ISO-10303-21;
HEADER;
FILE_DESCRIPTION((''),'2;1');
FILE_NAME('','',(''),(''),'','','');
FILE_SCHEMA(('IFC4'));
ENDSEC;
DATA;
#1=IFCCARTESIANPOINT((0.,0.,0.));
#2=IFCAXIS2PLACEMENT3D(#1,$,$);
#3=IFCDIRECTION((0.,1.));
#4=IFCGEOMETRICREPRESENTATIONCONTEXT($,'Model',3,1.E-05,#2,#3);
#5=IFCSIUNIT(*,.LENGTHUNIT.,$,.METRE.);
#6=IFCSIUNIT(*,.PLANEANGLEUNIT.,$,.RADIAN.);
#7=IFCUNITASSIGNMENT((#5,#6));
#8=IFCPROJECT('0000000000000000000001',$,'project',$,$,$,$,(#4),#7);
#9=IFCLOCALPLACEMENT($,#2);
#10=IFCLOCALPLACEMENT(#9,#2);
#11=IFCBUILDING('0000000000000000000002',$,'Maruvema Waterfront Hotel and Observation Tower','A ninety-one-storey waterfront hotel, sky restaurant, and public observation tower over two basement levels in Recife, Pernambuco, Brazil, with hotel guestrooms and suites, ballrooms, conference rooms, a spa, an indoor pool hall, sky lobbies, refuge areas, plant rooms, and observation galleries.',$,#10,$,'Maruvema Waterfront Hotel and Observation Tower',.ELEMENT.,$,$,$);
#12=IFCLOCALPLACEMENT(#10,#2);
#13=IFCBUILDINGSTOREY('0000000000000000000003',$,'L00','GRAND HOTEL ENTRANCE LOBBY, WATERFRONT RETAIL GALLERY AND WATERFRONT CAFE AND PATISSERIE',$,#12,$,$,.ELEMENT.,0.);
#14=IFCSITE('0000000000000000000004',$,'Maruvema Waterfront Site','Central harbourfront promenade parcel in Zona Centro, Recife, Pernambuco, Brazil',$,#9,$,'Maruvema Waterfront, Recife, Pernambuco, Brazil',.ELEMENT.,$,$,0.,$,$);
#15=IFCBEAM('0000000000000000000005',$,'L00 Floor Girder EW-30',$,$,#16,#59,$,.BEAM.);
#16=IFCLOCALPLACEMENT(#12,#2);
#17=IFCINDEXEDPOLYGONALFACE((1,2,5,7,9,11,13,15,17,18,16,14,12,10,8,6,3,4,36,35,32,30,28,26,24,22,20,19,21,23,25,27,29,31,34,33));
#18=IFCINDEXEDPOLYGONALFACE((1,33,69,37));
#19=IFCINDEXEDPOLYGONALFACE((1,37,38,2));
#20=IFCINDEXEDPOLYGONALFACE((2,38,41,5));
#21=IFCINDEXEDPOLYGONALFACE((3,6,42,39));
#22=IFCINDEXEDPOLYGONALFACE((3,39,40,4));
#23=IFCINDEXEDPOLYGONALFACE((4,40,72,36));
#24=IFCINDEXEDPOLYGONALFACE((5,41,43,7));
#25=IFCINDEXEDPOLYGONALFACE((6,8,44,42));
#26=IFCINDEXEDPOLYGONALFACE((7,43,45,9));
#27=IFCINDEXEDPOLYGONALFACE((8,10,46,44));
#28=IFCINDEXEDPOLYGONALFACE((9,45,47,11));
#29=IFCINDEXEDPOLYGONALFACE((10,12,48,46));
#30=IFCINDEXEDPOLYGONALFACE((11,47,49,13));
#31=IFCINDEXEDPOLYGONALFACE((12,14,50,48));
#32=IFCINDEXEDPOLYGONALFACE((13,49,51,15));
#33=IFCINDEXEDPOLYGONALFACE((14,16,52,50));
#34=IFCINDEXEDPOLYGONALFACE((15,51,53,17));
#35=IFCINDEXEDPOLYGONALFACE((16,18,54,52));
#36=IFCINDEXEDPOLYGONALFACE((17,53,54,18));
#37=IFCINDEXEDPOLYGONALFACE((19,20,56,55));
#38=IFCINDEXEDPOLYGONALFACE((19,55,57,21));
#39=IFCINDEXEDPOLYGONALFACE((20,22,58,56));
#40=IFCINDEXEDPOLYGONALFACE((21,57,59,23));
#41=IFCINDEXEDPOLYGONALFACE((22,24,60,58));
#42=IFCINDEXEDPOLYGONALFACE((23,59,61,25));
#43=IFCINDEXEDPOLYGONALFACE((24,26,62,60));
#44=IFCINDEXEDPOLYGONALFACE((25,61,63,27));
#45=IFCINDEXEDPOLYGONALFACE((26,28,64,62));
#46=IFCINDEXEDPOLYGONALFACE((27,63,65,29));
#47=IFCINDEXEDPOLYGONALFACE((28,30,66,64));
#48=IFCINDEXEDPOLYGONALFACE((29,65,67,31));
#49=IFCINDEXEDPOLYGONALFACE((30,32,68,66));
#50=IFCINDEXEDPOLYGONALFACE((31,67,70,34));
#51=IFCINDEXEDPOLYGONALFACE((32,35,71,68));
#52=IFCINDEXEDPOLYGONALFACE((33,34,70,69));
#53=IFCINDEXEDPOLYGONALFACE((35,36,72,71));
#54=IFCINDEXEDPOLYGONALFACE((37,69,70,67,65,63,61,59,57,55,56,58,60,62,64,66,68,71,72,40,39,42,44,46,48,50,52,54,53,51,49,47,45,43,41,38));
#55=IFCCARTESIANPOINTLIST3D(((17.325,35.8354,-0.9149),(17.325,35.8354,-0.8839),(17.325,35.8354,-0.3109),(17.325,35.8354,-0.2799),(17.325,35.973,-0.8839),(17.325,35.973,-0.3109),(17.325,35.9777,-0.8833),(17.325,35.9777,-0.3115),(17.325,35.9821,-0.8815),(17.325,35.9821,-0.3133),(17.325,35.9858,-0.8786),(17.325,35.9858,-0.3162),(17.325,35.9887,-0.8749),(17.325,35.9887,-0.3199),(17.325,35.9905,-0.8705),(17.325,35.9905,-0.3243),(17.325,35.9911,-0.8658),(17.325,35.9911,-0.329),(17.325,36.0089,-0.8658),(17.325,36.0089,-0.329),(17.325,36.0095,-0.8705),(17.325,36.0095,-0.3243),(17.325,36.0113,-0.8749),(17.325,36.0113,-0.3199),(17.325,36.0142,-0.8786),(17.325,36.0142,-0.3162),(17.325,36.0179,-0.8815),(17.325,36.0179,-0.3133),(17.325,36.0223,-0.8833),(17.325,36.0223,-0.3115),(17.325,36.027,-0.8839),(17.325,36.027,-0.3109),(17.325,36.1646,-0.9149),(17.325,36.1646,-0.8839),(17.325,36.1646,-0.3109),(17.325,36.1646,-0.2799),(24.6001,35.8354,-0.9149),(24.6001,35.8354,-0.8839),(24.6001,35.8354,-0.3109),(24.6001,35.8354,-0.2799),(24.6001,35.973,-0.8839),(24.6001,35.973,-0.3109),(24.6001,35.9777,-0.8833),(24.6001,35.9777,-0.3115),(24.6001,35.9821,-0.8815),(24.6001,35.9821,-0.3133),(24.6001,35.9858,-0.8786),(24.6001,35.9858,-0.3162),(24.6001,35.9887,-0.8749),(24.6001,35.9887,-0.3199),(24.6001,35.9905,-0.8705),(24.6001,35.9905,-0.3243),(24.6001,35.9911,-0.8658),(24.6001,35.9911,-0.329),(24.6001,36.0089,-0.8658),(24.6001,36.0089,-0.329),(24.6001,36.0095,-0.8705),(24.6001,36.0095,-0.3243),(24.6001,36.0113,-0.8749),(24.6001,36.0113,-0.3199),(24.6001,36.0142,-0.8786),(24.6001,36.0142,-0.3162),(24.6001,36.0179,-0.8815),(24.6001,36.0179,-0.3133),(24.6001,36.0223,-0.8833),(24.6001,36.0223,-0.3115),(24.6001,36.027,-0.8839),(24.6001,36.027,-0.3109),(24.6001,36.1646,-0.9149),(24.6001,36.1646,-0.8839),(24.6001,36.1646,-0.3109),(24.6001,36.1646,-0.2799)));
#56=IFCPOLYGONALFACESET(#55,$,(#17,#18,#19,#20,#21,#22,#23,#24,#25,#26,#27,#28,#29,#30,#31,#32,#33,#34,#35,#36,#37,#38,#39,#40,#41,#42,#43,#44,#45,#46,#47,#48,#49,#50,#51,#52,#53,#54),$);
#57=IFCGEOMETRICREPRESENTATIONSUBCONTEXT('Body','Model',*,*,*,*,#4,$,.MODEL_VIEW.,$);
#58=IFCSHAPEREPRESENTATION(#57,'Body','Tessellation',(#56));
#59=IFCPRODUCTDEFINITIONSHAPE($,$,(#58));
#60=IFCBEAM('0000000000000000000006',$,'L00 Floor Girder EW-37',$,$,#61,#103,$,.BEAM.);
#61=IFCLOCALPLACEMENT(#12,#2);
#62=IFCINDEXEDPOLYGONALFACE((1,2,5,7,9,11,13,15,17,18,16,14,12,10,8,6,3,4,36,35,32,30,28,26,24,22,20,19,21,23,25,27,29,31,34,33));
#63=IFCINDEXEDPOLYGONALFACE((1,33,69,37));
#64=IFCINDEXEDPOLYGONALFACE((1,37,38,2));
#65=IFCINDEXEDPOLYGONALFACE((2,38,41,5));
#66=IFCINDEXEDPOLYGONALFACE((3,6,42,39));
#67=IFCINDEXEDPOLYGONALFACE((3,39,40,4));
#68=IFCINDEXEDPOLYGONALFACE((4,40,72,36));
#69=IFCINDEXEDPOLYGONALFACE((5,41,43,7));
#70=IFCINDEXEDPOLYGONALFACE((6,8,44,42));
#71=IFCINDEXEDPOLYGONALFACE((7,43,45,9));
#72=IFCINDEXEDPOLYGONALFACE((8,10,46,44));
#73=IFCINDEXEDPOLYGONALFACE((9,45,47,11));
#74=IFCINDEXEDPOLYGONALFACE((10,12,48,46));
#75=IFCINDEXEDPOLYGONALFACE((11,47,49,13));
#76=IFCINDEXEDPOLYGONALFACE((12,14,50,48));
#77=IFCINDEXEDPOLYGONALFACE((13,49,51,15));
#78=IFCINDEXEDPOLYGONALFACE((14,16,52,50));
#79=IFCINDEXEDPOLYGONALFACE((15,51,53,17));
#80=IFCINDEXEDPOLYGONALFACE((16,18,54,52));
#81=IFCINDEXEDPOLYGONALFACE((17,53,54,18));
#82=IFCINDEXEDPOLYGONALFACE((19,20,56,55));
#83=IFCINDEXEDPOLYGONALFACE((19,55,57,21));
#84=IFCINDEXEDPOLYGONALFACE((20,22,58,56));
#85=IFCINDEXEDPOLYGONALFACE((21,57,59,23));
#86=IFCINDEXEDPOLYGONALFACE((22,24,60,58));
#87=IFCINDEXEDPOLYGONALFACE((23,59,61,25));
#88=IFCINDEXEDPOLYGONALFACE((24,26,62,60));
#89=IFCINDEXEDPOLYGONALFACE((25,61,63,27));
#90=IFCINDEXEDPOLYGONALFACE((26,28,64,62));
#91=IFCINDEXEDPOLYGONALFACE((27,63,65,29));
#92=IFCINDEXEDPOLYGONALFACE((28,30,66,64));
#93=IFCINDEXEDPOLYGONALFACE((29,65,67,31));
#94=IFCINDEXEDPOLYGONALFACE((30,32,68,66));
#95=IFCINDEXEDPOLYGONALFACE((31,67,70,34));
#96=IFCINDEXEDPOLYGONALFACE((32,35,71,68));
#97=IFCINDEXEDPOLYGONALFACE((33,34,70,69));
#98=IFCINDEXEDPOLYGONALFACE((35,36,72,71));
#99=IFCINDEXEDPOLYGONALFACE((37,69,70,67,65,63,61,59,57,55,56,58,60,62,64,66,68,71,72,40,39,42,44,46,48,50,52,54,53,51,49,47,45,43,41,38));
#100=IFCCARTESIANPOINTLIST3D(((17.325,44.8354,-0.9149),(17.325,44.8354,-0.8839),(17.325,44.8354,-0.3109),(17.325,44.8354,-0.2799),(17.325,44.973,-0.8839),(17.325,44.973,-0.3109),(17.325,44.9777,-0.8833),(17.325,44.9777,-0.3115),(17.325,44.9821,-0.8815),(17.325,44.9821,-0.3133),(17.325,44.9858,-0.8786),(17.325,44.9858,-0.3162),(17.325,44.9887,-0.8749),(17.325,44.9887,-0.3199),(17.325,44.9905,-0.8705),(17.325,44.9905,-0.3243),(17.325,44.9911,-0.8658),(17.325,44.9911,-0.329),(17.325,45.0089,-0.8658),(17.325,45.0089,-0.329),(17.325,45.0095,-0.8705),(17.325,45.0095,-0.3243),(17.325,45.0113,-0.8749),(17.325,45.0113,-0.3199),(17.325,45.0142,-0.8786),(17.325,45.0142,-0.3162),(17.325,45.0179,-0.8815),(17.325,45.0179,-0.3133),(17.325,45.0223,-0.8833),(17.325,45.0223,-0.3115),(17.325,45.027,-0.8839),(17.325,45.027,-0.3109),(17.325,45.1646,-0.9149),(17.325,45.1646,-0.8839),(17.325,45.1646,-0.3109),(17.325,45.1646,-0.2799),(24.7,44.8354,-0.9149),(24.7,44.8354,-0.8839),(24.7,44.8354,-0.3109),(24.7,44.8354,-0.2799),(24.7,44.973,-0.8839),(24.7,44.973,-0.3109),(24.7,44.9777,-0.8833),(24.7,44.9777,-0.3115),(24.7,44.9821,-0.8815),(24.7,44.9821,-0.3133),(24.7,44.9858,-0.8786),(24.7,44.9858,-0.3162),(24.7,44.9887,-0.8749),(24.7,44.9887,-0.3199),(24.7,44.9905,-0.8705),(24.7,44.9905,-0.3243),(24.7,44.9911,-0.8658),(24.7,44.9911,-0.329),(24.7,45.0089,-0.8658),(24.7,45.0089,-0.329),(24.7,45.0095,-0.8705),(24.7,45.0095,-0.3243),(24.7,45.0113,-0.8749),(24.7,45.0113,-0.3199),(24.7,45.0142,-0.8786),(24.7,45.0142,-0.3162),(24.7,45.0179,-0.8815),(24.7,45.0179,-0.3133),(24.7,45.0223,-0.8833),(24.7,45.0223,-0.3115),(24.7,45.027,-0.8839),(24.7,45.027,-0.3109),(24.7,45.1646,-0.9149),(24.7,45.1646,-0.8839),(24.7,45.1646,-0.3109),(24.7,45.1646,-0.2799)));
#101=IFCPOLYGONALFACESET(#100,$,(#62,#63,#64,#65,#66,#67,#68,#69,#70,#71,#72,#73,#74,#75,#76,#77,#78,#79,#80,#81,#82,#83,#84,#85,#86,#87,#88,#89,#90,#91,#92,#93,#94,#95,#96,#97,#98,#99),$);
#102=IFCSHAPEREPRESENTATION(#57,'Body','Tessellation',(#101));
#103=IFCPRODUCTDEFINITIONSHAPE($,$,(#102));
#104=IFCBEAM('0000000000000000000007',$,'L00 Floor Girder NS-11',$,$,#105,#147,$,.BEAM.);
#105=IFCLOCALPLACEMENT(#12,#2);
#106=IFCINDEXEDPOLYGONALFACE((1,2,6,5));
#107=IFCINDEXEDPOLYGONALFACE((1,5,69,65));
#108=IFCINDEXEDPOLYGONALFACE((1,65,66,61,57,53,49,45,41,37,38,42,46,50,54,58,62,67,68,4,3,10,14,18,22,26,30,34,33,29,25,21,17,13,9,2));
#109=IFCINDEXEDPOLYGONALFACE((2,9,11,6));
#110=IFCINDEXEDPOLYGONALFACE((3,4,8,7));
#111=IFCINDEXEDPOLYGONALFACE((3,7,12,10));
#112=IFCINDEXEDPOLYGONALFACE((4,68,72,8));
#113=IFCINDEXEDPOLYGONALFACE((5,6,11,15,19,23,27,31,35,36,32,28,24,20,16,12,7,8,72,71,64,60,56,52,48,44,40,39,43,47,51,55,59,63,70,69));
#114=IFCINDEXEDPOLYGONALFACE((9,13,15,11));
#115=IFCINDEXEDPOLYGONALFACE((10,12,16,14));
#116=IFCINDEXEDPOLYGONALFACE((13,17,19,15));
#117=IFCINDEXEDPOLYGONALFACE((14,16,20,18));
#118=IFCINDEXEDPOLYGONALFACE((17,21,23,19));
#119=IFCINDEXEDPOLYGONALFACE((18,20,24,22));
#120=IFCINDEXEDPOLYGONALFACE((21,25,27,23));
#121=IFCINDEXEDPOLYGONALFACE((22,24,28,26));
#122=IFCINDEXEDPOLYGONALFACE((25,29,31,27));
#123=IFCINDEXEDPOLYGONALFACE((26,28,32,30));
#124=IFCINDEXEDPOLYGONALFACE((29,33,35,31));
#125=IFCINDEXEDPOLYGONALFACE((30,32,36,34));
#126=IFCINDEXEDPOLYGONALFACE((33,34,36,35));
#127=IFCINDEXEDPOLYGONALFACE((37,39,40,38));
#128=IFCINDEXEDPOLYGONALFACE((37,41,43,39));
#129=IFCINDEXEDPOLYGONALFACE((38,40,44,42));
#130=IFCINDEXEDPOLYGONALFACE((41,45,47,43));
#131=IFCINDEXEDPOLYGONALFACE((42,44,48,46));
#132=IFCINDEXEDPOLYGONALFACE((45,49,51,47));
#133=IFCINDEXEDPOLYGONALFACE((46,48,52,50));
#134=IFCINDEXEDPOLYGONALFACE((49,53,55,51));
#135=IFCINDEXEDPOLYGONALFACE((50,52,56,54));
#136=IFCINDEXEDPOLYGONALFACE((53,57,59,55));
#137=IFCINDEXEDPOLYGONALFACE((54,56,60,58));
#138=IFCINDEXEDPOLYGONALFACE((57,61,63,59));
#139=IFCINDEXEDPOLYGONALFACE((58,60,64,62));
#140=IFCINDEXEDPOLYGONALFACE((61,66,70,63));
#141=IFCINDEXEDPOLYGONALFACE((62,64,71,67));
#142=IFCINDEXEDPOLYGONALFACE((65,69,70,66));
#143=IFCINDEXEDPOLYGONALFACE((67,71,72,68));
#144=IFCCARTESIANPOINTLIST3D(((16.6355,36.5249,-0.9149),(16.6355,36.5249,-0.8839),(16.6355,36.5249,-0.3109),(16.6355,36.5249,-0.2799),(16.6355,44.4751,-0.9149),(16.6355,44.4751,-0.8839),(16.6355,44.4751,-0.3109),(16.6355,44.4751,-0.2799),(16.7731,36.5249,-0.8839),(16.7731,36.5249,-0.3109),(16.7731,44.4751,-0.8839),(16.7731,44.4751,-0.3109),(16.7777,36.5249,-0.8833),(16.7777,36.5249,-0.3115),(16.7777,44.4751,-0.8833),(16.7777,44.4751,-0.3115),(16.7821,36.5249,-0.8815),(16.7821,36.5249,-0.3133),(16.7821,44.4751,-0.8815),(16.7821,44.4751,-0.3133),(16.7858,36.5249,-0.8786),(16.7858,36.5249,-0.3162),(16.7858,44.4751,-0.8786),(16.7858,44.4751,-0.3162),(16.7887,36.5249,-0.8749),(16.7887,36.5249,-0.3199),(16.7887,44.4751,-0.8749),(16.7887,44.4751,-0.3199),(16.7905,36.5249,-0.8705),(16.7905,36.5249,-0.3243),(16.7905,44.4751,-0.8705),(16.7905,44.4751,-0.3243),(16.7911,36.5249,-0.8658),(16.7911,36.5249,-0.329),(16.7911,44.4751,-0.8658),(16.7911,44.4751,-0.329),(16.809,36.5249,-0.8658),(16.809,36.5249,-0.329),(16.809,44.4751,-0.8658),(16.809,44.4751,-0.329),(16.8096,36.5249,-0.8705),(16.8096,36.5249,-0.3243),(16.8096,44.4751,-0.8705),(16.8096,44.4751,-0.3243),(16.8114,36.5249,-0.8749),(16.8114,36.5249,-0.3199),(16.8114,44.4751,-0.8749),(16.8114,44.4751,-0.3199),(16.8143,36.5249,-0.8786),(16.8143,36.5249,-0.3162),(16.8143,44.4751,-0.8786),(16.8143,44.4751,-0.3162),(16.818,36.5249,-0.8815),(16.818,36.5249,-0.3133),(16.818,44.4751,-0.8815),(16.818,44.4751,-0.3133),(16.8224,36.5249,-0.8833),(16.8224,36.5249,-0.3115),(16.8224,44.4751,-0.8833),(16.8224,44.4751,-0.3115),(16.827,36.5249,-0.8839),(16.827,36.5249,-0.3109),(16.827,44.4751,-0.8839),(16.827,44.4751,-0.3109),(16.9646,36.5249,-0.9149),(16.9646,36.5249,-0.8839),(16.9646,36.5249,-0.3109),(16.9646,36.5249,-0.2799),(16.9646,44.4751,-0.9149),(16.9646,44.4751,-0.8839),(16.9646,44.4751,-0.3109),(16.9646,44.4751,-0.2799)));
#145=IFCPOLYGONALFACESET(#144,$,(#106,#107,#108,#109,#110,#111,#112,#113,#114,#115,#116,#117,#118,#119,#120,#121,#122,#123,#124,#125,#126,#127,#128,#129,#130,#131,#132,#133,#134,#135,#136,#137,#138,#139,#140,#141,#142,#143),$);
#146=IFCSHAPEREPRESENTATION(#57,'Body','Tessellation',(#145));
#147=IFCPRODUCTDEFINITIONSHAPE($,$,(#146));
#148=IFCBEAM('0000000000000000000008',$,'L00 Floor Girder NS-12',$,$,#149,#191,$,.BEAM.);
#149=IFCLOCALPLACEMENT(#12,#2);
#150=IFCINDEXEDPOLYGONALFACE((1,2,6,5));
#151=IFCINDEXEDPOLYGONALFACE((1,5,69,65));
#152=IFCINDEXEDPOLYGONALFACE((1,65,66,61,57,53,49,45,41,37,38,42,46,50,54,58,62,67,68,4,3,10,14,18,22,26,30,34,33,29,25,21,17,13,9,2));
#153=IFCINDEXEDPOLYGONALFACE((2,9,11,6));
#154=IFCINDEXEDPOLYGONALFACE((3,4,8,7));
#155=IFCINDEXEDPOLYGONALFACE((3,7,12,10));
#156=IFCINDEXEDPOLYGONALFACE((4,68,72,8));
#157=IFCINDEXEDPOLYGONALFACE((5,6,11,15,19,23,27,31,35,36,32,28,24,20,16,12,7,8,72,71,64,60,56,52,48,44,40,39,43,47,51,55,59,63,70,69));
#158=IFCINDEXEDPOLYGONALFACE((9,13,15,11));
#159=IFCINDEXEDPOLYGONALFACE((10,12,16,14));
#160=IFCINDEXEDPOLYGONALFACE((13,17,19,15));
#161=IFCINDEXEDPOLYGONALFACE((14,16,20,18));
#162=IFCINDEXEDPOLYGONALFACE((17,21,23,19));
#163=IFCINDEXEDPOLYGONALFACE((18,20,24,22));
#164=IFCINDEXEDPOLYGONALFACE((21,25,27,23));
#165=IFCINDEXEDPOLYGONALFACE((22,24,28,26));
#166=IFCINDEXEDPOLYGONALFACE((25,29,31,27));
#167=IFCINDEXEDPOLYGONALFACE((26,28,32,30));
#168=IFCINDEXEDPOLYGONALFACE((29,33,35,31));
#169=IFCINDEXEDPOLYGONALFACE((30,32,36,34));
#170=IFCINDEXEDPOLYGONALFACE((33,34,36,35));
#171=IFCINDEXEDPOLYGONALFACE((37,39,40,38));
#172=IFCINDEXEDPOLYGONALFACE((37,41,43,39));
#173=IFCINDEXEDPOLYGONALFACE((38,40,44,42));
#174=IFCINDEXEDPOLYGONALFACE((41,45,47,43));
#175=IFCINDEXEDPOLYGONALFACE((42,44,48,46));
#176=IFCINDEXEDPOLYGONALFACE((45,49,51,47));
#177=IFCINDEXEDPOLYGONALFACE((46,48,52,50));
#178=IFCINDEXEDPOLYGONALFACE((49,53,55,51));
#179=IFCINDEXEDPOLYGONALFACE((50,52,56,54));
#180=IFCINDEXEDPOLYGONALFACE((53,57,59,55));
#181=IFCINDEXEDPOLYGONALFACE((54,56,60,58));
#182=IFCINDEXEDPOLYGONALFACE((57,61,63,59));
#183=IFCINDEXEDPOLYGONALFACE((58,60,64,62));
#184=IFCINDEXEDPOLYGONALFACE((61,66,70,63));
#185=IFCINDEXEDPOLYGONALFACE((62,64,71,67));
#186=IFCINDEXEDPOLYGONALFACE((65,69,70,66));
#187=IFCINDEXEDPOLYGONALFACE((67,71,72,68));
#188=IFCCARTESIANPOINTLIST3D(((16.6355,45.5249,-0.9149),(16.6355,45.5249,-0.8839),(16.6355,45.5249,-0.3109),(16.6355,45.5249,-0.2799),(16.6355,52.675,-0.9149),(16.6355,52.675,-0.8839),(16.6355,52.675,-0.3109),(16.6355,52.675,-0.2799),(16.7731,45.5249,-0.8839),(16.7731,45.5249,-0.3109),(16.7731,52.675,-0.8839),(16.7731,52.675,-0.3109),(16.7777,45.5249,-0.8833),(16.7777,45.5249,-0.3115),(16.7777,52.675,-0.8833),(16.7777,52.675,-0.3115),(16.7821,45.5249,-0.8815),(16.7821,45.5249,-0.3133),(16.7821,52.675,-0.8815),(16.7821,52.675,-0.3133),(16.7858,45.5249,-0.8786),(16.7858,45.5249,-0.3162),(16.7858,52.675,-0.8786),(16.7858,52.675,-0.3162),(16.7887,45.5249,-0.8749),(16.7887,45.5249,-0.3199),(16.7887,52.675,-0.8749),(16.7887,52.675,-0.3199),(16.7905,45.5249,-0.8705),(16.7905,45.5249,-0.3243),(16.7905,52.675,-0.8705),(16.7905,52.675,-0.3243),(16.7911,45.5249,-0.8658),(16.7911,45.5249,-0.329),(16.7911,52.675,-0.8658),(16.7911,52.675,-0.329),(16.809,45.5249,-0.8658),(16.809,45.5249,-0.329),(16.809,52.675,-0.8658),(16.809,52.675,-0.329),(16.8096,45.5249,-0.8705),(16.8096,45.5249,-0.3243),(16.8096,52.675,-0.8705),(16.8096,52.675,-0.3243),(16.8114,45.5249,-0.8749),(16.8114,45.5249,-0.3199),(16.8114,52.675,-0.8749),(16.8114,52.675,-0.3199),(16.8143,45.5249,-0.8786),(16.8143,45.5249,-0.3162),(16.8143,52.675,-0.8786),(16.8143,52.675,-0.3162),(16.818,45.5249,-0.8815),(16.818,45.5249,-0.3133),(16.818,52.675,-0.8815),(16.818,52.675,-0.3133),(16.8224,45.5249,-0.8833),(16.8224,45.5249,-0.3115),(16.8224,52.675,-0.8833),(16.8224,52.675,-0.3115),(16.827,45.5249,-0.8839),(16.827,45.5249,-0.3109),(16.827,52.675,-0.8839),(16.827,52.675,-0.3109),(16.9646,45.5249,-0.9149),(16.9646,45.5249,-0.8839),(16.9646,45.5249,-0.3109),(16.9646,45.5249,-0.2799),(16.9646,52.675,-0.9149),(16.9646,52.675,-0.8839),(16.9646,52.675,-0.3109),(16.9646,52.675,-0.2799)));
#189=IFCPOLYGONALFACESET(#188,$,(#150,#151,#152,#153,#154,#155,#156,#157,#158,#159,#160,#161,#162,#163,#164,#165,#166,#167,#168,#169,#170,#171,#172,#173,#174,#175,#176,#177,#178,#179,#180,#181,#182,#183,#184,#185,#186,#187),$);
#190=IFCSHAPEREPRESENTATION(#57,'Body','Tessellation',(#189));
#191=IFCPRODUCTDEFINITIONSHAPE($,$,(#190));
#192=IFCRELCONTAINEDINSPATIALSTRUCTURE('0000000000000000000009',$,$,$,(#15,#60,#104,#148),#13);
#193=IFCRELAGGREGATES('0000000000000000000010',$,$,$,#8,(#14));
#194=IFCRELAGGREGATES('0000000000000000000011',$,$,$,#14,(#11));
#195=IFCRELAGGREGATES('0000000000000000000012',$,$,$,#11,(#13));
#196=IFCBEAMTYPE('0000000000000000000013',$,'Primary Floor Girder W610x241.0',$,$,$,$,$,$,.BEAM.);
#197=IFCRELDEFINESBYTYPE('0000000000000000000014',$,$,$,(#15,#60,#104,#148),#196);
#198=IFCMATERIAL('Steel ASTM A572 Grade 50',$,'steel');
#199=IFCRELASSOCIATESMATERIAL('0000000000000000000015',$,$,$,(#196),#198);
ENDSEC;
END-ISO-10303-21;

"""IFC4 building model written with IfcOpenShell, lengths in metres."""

from ifc_helpers import new_model, si_unit, direction, frame, origin, origin_2d, place, context, subcontext, project, spatial, i_section, extrude, material, material_profile, profile_set, type_object, element, save


model = new_model("IFC4")

# Units and contexts
model_context = context("Model", 3, precision=1e-05, world=origin(), true_north=direction((0.0, 1.0)))
body_context = subcontext(model_context, "Body", "Model", "MODEL_VIEW")
ifc_project = project(units=[si_unit("LENGTHUNIT", "METRE"), si_unit("PLANEANGLEUNIT", "RADIAN")], contexts=[model_context])

# Site, building, storey
site_placement = place(None, origin())
site = spatial("IfcSite", under=ifc_project, at=site_placement, Name="Maruvema Waterfront Site", Description="Central harbourfront promenade parcel in Zona Centro, Recife, Pernambuco, Brazil", LongName="Maruvema Waterfront, Recife, Pernambuco, Brazil", CompositionType="ELEMENT", RefElevation=0.0)
building_placement = place(site_placement, origin())
building = spatial("IfcBuilding", under=site, at=building_placement, Name="Maruvema Waterfront Hotel and Observation Tower", Description="A ninety-one-storey waterfront hotel, sky restaurant, and public observation tower over two basement levels in Recife, Pernambuco, Brazil, with hotel guestrooms and suites, ballrooms, conference rooms, a spa, an indoor pool hall, sky lobbies, refuge areas, plant rooms, and observation galleries.", LongName="Maruvema Waterfront Hotel and Observation Tower", CompositionType="ELEMENT")
storey_placement = place(building_placement, origin())
storey = spatial("IfcBuildingStorey", under=building, at=storey_placement, Name="L00", Description="GRAND HOTEL ENTRANCE LOBBY, WATERFRONT RETAIL GALLERY AND WATERFRONT CAFE AND PATISSERIE", CompositionType="ELEMENT", Elevation=0.0)

# Beams
ifc_material_1 = material(Name="Steel ASTM A572 Grade 50", Category="steel")
ifc_material_profile_1 = material_profile(ifc_material_1, i_section(OverallWidth=0.3291, OverallDepth=0.635, WebThickness=0.0178, FlangeThickness=0.031, FilletRadius=0.0181, at=origin_2d()), Name="W610x241.0")
ifc_profile_set_1 = profile_set([ifc_material_profile_1], Name="Steel ASTM A572 Grade 50")
beam_type_1 = type_object("IfcBeamType", Name="Primary Floor Girder W610x241.0", PredefinedType="BEAM", material=ifc_profile_set_1)
beam_1_placement = place(storey_placement, frame((17.325, 36.0, -0.5974), z_axis=(1.0, 0.0, 0.0), x_axis=(0.0, 1.0, 0.0)))
element("IfcBeam", 1, at=beam_1_placement, inside=storey, type_object=beam_type_1, Name="L00 Floor Girder EW-30", PredefinedType="BEAM", context=body_context, shape_type="SweptSolid", body=[
    extrude(i_section(OverallWidth=0.3291, OverallDepth=0.635, WebThickness=0.0178, FlangeThickness=0.031, FilletRadius=0.0181, at=origin_2d()), origin(), (0.0, 0.0, 1.0), 7.2751),
])
beam_2_placement = place(storey_placement, frame((17.325, 45.0, -0.5974), z_axis=(1.0, 0.0, 0.0), x_axis=(0.0, 1.0, 0.0)))
element("IfcBeam", 2, at=beam_2_placement, inside=storey, type_object=beam_type_1, Name="L00 Floor Girder EW-37", PredefinedType="BEAM", context=body_context, shape_type="SweptSolid", body=[
    extrude(i_section(OverallWidth=0.3291, OverallDepth=0.635, WebThickness=0.0178, FlangeThickness=0.031, FilletRadius=0.0181, at=origin_2d()), origin(), (0.0, 0.0, 1.0), 7.375),
])
beam_3_placement = place(storey_placement, frame((16.8, 36.5249, -0.5974), z_axis=(0.0, 1.0, 0.0), x_axis=(-1.0, 0.0, 0.0)))
element("IfcBeam", 3, at=beam_3_placement, inside=storey, type_object=beam_type_1, Name="L00 Floor Girder NS-11", PredefinedType="BEAM", context=body_context, shape_type="SweptSolid", body=[
    extrude(i_section(OverallWidth=0.3291, OverallDepth=0.635, WebThickness=0.0178, FlangeThickness=0.031, FilletRadius=0.0181, at=origin_2d()), origin(), (0.0, 0.0, 1.0), 7.9502),
])
beam_4_placement = place(storey_placement, frame((16.8, 45.5249, -0.5974), z_axis=(0.0, 1.0, 0.0), x_axis=(-1.0, 0.0, 0.0)))
element("IfcBeam", 4, at=beam_4_placement, inside=storey, type_object=beam_type_1, Name="L00 Floor Girder NS-12", PredefinedType="BEAM", context=body_context, shape_type="SweptSolid", body=[
    extrude(i_section(OverallWidth=0.3291, OverallDepth=0.635, WebThickness=0.0178, FlangeThickness=0.031, FilletRadius=0.0181, at=origin_2d()), origin(), (0.0, 0.0, 1.0), 7.1501),
])

save(model, "model.ifc")
